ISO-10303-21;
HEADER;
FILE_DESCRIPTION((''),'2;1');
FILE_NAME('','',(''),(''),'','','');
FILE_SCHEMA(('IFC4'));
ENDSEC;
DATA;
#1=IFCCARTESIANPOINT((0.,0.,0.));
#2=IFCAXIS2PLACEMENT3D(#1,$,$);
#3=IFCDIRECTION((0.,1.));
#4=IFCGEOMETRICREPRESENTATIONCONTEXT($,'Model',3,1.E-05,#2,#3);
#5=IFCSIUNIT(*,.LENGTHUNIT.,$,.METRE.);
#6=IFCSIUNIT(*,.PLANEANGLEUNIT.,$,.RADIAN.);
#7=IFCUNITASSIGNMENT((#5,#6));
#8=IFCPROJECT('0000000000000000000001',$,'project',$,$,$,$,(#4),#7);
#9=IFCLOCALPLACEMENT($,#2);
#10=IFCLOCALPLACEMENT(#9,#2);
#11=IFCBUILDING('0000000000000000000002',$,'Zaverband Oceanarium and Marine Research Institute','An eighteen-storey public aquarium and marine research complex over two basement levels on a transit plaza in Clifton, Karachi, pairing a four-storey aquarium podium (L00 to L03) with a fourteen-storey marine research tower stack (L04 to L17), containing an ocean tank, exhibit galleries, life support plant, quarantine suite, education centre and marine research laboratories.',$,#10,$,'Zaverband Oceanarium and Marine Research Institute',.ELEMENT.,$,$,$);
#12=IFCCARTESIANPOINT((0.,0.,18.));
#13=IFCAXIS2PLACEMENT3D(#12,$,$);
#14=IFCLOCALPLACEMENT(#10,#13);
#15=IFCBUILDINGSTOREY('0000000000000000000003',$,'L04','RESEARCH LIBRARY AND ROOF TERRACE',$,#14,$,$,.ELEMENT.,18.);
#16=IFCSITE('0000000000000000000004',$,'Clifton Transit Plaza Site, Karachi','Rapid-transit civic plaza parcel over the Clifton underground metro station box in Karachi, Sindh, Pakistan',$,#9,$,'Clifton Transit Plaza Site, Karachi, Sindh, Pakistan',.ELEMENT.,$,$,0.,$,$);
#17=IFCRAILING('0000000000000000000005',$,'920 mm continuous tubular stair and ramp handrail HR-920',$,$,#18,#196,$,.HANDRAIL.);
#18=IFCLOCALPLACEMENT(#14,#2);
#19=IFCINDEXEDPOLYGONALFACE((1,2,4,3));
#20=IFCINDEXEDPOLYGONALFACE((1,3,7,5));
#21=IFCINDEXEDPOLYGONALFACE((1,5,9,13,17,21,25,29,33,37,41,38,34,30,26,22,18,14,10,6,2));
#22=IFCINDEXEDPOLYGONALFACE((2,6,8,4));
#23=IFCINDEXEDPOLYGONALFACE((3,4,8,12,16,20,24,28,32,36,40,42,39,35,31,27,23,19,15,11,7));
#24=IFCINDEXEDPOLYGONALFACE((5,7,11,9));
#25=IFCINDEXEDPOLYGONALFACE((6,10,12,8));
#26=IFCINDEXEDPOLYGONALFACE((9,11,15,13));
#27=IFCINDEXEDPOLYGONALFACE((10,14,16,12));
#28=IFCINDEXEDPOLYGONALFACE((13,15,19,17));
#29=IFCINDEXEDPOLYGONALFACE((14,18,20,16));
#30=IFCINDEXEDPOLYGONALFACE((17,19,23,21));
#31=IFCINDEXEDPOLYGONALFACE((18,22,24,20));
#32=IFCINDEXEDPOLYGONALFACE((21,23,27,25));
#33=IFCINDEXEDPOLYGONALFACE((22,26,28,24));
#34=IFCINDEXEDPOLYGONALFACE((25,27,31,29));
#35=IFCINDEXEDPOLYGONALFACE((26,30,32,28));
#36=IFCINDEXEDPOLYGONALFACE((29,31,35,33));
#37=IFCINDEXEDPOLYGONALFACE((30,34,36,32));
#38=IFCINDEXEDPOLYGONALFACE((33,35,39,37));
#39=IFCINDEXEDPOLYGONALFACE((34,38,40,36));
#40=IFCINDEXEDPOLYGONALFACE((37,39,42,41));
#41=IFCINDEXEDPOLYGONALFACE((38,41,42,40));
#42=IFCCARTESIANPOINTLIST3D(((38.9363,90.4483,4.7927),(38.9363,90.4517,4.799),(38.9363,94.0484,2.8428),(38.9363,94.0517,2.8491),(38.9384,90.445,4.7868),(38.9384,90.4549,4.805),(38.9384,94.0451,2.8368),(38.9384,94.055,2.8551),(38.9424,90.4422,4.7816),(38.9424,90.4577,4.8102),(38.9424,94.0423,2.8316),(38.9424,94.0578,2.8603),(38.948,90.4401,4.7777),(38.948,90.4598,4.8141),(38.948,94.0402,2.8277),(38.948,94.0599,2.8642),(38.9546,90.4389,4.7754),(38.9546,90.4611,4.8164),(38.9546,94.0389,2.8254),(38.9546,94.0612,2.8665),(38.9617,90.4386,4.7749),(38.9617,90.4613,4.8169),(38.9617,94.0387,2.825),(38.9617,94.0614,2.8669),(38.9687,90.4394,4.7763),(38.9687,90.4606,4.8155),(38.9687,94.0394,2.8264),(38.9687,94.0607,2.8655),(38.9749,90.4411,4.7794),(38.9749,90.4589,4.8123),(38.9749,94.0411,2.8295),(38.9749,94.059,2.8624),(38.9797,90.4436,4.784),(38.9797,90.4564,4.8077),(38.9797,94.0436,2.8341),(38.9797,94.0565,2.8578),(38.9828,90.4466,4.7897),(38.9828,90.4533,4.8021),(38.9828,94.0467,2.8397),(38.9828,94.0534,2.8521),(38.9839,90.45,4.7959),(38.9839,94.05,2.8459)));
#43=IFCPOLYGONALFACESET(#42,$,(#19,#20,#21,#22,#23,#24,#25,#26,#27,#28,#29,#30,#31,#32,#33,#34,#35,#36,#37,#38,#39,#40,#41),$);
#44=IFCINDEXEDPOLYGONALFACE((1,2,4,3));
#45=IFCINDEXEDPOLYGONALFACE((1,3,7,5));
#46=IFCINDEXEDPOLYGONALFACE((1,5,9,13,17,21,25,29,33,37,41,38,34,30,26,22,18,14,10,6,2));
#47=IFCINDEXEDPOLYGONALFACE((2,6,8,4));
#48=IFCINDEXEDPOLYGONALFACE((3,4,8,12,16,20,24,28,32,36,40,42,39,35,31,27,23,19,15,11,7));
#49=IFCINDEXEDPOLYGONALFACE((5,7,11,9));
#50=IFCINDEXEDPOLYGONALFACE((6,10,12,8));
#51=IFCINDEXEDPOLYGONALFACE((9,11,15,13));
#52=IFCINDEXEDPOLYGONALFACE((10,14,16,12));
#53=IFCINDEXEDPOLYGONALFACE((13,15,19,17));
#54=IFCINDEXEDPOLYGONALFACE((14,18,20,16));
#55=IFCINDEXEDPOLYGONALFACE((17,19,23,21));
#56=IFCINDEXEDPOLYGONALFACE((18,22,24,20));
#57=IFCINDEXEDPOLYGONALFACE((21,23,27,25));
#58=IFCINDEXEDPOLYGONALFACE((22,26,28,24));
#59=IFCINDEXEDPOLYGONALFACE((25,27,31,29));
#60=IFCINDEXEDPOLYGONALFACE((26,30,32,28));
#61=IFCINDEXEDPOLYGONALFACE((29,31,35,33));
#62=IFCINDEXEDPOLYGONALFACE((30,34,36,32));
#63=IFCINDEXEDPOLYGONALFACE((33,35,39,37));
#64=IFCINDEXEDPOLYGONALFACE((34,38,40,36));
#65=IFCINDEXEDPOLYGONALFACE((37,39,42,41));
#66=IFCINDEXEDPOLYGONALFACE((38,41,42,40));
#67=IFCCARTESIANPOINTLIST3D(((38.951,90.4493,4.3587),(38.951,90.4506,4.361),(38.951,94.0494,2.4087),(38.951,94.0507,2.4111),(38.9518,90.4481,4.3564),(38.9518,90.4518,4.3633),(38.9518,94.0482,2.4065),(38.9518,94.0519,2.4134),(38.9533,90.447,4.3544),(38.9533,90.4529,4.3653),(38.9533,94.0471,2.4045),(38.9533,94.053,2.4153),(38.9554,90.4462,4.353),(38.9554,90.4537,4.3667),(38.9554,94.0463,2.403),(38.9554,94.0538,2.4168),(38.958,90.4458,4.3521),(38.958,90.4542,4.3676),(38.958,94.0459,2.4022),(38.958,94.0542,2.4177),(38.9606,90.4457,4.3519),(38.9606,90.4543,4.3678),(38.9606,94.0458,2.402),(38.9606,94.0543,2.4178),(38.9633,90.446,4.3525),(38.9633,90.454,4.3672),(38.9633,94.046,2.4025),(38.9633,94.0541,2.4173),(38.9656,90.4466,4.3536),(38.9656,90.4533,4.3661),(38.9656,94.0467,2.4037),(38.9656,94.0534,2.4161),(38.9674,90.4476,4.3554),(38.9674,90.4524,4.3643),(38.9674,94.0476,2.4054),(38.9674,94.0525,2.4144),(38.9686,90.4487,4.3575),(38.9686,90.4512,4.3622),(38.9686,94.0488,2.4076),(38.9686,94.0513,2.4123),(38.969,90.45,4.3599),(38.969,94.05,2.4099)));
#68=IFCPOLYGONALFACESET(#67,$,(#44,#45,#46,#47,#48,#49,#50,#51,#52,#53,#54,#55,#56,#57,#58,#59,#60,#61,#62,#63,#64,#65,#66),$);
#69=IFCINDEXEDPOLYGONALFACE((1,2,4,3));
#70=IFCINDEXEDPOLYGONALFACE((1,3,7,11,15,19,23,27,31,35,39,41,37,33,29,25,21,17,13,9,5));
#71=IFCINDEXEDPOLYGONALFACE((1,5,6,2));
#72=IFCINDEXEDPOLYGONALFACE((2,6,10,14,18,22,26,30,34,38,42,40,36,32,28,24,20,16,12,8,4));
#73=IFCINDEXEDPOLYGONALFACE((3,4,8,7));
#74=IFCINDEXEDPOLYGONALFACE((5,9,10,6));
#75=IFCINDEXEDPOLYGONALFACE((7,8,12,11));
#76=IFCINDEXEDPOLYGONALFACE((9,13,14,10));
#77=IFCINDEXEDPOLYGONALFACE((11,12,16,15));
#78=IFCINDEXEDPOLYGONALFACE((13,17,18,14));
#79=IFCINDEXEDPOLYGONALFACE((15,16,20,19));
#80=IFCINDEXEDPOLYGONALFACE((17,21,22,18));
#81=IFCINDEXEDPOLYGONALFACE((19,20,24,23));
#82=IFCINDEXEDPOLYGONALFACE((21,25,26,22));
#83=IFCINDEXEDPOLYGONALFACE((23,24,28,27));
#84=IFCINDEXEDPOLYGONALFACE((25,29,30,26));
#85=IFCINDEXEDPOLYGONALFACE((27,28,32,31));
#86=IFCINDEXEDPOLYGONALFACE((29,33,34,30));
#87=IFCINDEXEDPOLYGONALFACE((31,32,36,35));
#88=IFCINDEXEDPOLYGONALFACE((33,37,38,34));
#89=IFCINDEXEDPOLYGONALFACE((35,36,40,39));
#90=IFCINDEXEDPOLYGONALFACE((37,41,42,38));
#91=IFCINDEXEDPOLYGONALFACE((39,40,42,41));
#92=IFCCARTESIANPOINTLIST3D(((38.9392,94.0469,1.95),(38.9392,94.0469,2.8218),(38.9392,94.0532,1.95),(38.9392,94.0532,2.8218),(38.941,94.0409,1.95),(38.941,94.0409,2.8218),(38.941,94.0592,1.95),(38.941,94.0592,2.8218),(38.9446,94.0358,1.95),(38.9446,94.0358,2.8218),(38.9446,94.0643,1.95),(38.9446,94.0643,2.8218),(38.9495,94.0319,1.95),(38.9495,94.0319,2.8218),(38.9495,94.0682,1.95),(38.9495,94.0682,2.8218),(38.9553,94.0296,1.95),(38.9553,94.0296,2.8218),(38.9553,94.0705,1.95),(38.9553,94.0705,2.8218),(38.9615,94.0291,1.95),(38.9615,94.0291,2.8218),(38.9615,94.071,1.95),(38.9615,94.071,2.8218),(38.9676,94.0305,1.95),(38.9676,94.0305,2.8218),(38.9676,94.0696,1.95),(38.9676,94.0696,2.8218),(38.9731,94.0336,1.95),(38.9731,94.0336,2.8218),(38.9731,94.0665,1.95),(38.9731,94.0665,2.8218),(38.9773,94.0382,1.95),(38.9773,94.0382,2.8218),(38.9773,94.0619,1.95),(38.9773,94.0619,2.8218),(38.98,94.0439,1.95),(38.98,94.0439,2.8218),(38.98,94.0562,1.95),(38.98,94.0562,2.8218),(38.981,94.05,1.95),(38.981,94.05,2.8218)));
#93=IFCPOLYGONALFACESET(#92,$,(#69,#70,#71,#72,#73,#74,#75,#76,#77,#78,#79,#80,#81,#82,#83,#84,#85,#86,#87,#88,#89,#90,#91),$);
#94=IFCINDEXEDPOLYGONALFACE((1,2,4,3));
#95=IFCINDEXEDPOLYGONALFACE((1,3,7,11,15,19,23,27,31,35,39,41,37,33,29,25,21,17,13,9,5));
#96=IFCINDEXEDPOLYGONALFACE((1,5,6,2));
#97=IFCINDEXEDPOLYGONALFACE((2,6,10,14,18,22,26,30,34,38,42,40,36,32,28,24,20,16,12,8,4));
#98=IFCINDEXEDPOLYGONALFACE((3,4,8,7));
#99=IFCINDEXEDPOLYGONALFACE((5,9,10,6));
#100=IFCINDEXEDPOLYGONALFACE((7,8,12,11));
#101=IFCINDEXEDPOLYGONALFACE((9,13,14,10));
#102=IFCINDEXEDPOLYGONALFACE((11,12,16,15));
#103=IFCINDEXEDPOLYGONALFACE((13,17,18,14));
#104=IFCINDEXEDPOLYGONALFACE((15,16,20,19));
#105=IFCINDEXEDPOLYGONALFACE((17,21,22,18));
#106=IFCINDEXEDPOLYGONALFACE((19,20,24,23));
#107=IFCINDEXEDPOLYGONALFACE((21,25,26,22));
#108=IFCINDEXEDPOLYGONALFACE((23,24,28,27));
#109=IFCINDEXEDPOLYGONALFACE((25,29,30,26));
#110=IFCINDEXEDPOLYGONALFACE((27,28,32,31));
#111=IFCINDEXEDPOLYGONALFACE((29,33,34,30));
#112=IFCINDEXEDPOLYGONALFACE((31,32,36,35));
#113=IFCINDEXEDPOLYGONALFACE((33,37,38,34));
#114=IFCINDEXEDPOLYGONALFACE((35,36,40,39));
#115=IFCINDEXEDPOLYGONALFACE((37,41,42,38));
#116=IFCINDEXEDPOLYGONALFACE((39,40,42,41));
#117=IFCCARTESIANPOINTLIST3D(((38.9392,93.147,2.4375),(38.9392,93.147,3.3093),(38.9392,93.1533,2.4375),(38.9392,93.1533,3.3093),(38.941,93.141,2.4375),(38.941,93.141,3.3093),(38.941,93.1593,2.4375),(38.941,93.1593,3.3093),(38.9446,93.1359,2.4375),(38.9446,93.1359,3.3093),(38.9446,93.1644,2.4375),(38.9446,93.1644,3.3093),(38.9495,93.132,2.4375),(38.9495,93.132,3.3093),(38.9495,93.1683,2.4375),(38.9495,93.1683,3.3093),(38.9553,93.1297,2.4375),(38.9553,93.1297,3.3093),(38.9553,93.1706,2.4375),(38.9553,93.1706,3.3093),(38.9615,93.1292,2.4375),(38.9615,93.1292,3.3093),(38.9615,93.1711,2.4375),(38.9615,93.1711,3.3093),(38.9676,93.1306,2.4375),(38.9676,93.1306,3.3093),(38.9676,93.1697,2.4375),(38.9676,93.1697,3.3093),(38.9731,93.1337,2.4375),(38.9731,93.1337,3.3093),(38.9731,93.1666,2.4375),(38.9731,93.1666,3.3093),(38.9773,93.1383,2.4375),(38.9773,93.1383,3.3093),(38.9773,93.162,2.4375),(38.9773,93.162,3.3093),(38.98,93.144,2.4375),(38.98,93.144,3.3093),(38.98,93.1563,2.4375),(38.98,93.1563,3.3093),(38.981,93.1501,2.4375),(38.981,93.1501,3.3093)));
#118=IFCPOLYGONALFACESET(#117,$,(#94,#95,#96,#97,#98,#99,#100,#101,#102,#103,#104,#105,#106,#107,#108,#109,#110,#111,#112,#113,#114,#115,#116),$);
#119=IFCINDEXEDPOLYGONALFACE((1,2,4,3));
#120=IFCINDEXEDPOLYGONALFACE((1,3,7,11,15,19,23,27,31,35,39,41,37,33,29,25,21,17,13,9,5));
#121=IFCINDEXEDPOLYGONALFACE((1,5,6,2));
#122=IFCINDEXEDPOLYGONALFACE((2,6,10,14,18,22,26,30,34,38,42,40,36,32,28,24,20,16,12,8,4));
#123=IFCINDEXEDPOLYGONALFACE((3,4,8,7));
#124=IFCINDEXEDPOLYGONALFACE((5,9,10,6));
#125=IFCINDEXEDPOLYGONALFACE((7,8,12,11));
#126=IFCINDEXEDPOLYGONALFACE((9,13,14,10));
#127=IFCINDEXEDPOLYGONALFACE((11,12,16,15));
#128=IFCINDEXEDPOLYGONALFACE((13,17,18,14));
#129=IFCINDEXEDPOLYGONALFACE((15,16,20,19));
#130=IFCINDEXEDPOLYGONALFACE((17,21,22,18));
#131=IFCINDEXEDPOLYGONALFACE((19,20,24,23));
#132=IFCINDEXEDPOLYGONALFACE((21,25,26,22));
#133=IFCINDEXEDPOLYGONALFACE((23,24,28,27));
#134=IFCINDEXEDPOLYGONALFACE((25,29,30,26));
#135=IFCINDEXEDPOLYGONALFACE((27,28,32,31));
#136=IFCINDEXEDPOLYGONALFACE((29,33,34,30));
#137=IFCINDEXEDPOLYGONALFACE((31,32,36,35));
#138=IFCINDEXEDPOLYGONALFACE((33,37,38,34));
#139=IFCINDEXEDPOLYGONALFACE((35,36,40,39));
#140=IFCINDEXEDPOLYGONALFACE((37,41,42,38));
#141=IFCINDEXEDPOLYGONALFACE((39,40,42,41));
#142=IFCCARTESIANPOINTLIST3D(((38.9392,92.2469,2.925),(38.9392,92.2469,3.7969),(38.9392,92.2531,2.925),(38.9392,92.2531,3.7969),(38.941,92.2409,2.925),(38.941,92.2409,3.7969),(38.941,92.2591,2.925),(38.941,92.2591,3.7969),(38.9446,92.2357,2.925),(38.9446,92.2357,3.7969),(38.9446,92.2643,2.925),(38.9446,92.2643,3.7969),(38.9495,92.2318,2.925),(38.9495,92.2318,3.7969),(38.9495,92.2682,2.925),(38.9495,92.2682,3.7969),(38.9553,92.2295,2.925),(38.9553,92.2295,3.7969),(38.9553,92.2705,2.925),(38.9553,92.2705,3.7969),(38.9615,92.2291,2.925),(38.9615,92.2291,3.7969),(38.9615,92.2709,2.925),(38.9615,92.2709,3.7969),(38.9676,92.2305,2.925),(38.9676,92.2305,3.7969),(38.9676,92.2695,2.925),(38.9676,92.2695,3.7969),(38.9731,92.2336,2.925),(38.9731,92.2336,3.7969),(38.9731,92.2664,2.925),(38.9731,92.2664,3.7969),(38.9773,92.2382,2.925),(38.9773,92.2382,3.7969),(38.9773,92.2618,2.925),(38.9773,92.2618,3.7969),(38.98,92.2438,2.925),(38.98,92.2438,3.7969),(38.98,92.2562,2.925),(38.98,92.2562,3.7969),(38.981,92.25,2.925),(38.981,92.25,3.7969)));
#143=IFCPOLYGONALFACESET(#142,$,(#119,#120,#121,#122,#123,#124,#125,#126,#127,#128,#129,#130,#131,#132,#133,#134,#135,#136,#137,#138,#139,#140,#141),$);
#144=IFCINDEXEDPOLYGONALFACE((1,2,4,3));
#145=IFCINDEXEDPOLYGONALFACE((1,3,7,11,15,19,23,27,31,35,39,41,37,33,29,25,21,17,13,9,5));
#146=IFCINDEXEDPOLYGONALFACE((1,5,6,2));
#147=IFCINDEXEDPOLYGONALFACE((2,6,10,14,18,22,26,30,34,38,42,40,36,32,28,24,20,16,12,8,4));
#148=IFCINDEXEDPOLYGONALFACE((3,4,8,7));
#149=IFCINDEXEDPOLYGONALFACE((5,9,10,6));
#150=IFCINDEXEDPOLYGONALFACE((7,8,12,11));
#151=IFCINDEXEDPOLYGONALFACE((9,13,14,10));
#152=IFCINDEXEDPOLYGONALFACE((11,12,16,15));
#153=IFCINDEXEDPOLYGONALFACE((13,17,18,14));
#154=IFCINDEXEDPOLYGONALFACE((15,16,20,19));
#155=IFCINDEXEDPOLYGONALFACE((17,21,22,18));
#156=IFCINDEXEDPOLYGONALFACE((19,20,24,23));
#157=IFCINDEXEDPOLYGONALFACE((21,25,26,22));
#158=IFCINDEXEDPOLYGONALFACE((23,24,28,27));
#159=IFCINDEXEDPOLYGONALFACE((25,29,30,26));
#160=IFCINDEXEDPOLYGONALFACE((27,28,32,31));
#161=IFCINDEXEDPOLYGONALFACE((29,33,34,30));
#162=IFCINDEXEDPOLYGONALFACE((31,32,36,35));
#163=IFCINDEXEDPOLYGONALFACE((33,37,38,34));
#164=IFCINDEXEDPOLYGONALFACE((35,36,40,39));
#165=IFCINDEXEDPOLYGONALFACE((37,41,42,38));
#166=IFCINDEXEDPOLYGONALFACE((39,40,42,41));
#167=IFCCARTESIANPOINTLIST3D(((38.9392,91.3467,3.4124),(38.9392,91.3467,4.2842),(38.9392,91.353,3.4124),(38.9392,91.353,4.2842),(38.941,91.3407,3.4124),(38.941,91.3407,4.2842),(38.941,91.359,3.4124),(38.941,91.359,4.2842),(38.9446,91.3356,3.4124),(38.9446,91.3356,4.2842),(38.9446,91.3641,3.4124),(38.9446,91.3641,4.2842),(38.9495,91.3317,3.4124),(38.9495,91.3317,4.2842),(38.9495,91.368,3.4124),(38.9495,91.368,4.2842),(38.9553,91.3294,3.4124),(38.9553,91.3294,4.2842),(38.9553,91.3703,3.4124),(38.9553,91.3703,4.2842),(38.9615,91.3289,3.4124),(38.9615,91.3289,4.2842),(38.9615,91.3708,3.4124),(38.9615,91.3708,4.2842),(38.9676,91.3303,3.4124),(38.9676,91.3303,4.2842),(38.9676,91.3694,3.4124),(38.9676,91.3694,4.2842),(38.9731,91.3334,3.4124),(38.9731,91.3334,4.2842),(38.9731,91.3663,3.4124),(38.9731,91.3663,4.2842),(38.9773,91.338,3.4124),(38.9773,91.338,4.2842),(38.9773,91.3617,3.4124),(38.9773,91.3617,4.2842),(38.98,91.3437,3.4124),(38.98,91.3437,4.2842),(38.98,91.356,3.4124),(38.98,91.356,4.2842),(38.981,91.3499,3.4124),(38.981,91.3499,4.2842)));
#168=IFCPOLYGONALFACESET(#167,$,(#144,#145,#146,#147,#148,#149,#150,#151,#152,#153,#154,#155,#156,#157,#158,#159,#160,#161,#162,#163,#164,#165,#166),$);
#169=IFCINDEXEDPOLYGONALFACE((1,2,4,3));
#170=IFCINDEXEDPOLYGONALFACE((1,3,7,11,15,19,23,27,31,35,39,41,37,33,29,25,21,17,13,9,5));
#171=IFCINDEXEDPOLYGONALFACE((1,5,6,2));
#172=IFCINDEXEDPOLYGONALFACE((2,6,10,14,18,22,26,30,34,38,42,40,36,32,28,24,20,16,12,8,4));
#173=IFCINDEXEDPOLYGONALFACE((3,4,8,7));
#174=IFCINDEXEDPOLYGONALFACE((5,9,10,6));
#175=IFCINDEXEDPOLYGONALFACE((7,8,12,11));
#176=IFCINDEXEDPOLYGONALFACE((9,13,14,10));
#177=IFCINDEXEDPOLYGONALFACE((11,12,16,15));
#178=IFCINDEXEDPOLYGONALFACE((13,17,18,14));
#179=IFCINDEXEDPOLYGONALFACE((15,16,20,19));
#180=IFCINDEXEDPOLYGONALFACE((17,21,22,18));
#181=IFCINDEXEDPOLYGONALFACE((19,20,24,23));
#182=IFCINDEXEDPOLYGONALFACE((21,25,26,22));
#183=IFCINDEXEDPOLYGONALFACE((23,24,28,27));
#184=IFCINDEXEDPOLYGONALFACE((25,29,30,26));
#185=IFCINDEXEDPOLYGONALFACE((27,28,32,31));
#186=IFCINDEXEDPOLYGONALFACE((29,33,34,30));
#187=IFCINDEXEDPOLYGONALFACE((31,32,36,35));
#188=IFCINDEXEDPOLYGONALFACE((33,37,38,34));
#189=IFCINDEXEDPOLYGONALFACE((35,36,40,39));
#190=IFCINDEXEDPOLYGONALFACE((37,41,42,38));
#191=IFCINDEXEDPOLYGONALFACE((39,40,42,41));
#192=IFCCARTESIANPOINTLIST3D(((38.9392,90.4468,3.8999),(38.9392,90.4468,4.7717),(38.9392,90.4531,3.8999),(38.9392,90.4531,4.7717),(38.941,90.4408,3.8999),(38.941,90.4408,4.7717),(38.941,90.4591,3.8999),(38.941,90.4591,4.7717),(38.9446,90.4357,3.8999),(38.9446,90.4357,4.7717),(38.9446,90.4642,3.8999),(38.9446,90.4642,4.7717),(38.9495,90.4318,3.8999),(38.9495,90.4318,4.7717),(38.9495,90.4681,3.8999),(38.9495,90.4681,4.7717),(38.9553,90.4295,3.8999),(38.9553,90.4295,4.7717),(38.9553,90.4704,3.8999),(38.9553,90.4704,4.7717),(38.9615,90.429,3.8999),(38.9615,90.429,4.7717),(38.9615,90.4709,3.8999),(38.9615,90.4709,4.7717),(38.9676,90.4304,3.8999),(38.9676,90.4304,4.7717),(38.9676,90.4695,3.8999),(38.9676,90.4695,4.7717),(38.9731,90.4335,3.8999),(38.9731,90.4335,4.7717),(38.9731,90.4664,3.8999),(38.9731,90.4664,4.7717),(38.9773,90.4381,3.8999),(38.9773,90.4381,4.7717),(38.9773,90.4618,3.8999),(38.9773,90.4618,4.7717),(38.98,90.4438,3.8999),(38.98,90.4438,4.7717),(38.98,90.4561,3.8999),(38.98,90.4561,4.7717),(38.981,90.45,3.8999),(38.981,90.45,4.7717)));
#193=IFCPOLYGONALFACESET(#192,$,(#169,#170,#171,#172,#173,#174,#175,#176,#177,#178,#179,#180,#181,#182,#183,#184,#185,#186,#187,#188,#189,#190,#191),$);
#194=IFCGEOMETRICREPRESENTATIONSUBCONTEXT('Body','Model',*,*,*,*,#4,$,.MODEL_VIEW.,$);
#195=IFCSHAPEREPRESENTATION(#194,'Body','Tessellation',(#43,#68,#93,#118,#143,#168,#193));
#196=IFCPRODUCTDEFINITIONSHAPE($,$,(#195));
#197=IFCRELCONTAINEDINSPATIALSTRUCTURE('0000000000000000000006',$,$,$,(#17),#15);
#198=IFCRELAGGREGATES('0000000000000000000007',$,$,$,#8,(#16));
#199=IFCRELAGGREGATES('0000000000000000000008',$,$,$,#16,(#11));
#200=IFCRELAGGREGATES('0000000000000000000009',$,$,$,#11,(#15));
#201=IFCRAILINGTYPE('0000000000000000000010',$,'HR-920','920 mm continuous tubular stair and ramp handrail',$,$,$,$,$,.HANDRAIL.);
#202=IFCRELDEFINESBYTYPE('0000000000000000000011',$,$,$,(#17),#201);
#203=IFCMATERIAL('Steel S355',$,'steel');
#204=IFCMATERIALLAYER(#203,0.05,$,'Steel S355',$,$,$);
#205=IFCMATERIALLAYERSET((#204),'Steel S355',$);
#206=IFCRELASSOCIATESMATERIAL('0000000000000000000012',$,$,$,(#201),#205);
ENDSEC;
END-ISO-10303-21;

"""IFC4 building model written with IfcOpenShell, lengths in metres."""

from ifc_helpers import new_model, si_unit, direction, frame, origin, origin_2d, place, context, subcontext, project, spatial, circle, extrude, material, layer, layer_set, type_object, element, save


model = new_model("IFC4")

# Units and contexts
model_context = context("Model", 3, precision=1e-05, world=origin(), true_north=direction((0.0, 1.0)))
body_context = subcontext(model_context, "Body", "Model", "MODEL_VIEW")
ifc_project = project(units=[si_unit("LENGTHUNIT", "METRE"), si_unit("PLANEANGLEUNIT", "RADIAN")], contexts=[model_context])

# Site, building, storey
site_placement = place(None, origin())
site = spatial("IfcSite", under=ifc_project, at=site_placement, Name="Clifton Transit Plaza Site, Karachi", Description="Rapid-transit civic plaza parcel over the Clifton underground metro station box in Karachi, Sindh, Pakistan", LongName="Clifton Transit Plaza Site, Karachi, Sindh, Pakistan", CompositionType="ELEMENT", RefElevation=0.0)
building_placement = place(site_placement, origin())
building = spatial("IfcBuilding", under=site, at=building_placement, Name="Zaverband Oceanarium and Marine Research Institute", Description="An eighteen-storey public aquarium and marine research complex over two basement levels on a transit plaza in Clifton, Karachi, pairing a four-storey aquarium podium (L00 to L03) with a fourteen-storey marine research tower stack (L04 to L17), containing an ocean tank, exhibit galleries, life support plant, quarantine suite, education centre and marine research laboratories.", LongName="Zaverband Oceanarium and Marine Research Institute", CompositionType="ELEMENT")
storey_placement = place(building_placement, frame((0.0, 0.0, 18.0)))
storey = spatial("IfcBuildingStorey", under=building, at=storey_placement, Name="L04", Description="RESEARCH LIBRARY AND ROOF TERRACE", CompositionType="ELEMENT", Elevation=18.0)

# Shared definitions
ifc_material_1 = material(Name="Steel S355", Category="steel")

# Railing
ifc_layer_1 = layer(ifc_material_1, 0.05, Name="Steel S355")
ifc_layer_set_1 = layer_set([ifc_layer_1], Name="Steel S355")
railing_type = type_object("IfcRailingType", Name="HR-920", Description="920 mm continuous tubular stair and ramp handrail", PredefinedType="HANDRAIL", material=ifc_layer_set_1)
railing_placement = place(storey_placement, frame((38.96, 94.05, 1.95)))
element("IfcRailing", 1, at=railing_placement, inside=storey, type_object=railing_type, Name="920 mm continuous tubular stair and ramp handrail HR-920", PredefinedType="HANDRAIL", context=body_context, shape_type="SweptSolid", body=[
    extrude(circle(Radius=0.0239, at=origin_2d()), frame((0.0, 0.0, 0.896), z_axis=(0.0, -0.879302, 0.476264), x_axis=(1.0, 0.0, 0.0)), (0.0, 0.0, 1.0), 4.0942),
    extrude(circle(Radius=0.009, at=origin_2d()), frame((0.0, 0.0, 0.46), z_axis=(0.0, -0.879302, 0.476264), x_axis=(1.0, 0.0, 0.0)), (0.0, 0.0, 1.0), 4.0942),
    extrude(circle(Radius=0.021, at=origin_2d()), origin(), (0.0, 0.0, 1.0), 0.8718),
    extrude(circle(Radius=0.021, at=origin_2d()), frame((0.0, -0.8999, 0.4875)), (0.0, 0.0, 1.0), 0.8718),
    extrude(circle(Radius=0.021, at=origin_2d()), frame((0.0, -1.8, 0.9751)), (0.0, 0.0, 1.0), 0.8718),
    extrude(circle(Radius=0.021, at=origin_2d()), frame((0.0, -2.7002, 1.4624)), (0.0, 0.0, 1.0), 0.8718),
    extrude(circle(Radius=0.021, at=origin_2d()), frame((0.0, -3.6001, 1.95)), (0.0, 0.0, 1.0), 0.8718),
])

save(model, "model.ifc")
